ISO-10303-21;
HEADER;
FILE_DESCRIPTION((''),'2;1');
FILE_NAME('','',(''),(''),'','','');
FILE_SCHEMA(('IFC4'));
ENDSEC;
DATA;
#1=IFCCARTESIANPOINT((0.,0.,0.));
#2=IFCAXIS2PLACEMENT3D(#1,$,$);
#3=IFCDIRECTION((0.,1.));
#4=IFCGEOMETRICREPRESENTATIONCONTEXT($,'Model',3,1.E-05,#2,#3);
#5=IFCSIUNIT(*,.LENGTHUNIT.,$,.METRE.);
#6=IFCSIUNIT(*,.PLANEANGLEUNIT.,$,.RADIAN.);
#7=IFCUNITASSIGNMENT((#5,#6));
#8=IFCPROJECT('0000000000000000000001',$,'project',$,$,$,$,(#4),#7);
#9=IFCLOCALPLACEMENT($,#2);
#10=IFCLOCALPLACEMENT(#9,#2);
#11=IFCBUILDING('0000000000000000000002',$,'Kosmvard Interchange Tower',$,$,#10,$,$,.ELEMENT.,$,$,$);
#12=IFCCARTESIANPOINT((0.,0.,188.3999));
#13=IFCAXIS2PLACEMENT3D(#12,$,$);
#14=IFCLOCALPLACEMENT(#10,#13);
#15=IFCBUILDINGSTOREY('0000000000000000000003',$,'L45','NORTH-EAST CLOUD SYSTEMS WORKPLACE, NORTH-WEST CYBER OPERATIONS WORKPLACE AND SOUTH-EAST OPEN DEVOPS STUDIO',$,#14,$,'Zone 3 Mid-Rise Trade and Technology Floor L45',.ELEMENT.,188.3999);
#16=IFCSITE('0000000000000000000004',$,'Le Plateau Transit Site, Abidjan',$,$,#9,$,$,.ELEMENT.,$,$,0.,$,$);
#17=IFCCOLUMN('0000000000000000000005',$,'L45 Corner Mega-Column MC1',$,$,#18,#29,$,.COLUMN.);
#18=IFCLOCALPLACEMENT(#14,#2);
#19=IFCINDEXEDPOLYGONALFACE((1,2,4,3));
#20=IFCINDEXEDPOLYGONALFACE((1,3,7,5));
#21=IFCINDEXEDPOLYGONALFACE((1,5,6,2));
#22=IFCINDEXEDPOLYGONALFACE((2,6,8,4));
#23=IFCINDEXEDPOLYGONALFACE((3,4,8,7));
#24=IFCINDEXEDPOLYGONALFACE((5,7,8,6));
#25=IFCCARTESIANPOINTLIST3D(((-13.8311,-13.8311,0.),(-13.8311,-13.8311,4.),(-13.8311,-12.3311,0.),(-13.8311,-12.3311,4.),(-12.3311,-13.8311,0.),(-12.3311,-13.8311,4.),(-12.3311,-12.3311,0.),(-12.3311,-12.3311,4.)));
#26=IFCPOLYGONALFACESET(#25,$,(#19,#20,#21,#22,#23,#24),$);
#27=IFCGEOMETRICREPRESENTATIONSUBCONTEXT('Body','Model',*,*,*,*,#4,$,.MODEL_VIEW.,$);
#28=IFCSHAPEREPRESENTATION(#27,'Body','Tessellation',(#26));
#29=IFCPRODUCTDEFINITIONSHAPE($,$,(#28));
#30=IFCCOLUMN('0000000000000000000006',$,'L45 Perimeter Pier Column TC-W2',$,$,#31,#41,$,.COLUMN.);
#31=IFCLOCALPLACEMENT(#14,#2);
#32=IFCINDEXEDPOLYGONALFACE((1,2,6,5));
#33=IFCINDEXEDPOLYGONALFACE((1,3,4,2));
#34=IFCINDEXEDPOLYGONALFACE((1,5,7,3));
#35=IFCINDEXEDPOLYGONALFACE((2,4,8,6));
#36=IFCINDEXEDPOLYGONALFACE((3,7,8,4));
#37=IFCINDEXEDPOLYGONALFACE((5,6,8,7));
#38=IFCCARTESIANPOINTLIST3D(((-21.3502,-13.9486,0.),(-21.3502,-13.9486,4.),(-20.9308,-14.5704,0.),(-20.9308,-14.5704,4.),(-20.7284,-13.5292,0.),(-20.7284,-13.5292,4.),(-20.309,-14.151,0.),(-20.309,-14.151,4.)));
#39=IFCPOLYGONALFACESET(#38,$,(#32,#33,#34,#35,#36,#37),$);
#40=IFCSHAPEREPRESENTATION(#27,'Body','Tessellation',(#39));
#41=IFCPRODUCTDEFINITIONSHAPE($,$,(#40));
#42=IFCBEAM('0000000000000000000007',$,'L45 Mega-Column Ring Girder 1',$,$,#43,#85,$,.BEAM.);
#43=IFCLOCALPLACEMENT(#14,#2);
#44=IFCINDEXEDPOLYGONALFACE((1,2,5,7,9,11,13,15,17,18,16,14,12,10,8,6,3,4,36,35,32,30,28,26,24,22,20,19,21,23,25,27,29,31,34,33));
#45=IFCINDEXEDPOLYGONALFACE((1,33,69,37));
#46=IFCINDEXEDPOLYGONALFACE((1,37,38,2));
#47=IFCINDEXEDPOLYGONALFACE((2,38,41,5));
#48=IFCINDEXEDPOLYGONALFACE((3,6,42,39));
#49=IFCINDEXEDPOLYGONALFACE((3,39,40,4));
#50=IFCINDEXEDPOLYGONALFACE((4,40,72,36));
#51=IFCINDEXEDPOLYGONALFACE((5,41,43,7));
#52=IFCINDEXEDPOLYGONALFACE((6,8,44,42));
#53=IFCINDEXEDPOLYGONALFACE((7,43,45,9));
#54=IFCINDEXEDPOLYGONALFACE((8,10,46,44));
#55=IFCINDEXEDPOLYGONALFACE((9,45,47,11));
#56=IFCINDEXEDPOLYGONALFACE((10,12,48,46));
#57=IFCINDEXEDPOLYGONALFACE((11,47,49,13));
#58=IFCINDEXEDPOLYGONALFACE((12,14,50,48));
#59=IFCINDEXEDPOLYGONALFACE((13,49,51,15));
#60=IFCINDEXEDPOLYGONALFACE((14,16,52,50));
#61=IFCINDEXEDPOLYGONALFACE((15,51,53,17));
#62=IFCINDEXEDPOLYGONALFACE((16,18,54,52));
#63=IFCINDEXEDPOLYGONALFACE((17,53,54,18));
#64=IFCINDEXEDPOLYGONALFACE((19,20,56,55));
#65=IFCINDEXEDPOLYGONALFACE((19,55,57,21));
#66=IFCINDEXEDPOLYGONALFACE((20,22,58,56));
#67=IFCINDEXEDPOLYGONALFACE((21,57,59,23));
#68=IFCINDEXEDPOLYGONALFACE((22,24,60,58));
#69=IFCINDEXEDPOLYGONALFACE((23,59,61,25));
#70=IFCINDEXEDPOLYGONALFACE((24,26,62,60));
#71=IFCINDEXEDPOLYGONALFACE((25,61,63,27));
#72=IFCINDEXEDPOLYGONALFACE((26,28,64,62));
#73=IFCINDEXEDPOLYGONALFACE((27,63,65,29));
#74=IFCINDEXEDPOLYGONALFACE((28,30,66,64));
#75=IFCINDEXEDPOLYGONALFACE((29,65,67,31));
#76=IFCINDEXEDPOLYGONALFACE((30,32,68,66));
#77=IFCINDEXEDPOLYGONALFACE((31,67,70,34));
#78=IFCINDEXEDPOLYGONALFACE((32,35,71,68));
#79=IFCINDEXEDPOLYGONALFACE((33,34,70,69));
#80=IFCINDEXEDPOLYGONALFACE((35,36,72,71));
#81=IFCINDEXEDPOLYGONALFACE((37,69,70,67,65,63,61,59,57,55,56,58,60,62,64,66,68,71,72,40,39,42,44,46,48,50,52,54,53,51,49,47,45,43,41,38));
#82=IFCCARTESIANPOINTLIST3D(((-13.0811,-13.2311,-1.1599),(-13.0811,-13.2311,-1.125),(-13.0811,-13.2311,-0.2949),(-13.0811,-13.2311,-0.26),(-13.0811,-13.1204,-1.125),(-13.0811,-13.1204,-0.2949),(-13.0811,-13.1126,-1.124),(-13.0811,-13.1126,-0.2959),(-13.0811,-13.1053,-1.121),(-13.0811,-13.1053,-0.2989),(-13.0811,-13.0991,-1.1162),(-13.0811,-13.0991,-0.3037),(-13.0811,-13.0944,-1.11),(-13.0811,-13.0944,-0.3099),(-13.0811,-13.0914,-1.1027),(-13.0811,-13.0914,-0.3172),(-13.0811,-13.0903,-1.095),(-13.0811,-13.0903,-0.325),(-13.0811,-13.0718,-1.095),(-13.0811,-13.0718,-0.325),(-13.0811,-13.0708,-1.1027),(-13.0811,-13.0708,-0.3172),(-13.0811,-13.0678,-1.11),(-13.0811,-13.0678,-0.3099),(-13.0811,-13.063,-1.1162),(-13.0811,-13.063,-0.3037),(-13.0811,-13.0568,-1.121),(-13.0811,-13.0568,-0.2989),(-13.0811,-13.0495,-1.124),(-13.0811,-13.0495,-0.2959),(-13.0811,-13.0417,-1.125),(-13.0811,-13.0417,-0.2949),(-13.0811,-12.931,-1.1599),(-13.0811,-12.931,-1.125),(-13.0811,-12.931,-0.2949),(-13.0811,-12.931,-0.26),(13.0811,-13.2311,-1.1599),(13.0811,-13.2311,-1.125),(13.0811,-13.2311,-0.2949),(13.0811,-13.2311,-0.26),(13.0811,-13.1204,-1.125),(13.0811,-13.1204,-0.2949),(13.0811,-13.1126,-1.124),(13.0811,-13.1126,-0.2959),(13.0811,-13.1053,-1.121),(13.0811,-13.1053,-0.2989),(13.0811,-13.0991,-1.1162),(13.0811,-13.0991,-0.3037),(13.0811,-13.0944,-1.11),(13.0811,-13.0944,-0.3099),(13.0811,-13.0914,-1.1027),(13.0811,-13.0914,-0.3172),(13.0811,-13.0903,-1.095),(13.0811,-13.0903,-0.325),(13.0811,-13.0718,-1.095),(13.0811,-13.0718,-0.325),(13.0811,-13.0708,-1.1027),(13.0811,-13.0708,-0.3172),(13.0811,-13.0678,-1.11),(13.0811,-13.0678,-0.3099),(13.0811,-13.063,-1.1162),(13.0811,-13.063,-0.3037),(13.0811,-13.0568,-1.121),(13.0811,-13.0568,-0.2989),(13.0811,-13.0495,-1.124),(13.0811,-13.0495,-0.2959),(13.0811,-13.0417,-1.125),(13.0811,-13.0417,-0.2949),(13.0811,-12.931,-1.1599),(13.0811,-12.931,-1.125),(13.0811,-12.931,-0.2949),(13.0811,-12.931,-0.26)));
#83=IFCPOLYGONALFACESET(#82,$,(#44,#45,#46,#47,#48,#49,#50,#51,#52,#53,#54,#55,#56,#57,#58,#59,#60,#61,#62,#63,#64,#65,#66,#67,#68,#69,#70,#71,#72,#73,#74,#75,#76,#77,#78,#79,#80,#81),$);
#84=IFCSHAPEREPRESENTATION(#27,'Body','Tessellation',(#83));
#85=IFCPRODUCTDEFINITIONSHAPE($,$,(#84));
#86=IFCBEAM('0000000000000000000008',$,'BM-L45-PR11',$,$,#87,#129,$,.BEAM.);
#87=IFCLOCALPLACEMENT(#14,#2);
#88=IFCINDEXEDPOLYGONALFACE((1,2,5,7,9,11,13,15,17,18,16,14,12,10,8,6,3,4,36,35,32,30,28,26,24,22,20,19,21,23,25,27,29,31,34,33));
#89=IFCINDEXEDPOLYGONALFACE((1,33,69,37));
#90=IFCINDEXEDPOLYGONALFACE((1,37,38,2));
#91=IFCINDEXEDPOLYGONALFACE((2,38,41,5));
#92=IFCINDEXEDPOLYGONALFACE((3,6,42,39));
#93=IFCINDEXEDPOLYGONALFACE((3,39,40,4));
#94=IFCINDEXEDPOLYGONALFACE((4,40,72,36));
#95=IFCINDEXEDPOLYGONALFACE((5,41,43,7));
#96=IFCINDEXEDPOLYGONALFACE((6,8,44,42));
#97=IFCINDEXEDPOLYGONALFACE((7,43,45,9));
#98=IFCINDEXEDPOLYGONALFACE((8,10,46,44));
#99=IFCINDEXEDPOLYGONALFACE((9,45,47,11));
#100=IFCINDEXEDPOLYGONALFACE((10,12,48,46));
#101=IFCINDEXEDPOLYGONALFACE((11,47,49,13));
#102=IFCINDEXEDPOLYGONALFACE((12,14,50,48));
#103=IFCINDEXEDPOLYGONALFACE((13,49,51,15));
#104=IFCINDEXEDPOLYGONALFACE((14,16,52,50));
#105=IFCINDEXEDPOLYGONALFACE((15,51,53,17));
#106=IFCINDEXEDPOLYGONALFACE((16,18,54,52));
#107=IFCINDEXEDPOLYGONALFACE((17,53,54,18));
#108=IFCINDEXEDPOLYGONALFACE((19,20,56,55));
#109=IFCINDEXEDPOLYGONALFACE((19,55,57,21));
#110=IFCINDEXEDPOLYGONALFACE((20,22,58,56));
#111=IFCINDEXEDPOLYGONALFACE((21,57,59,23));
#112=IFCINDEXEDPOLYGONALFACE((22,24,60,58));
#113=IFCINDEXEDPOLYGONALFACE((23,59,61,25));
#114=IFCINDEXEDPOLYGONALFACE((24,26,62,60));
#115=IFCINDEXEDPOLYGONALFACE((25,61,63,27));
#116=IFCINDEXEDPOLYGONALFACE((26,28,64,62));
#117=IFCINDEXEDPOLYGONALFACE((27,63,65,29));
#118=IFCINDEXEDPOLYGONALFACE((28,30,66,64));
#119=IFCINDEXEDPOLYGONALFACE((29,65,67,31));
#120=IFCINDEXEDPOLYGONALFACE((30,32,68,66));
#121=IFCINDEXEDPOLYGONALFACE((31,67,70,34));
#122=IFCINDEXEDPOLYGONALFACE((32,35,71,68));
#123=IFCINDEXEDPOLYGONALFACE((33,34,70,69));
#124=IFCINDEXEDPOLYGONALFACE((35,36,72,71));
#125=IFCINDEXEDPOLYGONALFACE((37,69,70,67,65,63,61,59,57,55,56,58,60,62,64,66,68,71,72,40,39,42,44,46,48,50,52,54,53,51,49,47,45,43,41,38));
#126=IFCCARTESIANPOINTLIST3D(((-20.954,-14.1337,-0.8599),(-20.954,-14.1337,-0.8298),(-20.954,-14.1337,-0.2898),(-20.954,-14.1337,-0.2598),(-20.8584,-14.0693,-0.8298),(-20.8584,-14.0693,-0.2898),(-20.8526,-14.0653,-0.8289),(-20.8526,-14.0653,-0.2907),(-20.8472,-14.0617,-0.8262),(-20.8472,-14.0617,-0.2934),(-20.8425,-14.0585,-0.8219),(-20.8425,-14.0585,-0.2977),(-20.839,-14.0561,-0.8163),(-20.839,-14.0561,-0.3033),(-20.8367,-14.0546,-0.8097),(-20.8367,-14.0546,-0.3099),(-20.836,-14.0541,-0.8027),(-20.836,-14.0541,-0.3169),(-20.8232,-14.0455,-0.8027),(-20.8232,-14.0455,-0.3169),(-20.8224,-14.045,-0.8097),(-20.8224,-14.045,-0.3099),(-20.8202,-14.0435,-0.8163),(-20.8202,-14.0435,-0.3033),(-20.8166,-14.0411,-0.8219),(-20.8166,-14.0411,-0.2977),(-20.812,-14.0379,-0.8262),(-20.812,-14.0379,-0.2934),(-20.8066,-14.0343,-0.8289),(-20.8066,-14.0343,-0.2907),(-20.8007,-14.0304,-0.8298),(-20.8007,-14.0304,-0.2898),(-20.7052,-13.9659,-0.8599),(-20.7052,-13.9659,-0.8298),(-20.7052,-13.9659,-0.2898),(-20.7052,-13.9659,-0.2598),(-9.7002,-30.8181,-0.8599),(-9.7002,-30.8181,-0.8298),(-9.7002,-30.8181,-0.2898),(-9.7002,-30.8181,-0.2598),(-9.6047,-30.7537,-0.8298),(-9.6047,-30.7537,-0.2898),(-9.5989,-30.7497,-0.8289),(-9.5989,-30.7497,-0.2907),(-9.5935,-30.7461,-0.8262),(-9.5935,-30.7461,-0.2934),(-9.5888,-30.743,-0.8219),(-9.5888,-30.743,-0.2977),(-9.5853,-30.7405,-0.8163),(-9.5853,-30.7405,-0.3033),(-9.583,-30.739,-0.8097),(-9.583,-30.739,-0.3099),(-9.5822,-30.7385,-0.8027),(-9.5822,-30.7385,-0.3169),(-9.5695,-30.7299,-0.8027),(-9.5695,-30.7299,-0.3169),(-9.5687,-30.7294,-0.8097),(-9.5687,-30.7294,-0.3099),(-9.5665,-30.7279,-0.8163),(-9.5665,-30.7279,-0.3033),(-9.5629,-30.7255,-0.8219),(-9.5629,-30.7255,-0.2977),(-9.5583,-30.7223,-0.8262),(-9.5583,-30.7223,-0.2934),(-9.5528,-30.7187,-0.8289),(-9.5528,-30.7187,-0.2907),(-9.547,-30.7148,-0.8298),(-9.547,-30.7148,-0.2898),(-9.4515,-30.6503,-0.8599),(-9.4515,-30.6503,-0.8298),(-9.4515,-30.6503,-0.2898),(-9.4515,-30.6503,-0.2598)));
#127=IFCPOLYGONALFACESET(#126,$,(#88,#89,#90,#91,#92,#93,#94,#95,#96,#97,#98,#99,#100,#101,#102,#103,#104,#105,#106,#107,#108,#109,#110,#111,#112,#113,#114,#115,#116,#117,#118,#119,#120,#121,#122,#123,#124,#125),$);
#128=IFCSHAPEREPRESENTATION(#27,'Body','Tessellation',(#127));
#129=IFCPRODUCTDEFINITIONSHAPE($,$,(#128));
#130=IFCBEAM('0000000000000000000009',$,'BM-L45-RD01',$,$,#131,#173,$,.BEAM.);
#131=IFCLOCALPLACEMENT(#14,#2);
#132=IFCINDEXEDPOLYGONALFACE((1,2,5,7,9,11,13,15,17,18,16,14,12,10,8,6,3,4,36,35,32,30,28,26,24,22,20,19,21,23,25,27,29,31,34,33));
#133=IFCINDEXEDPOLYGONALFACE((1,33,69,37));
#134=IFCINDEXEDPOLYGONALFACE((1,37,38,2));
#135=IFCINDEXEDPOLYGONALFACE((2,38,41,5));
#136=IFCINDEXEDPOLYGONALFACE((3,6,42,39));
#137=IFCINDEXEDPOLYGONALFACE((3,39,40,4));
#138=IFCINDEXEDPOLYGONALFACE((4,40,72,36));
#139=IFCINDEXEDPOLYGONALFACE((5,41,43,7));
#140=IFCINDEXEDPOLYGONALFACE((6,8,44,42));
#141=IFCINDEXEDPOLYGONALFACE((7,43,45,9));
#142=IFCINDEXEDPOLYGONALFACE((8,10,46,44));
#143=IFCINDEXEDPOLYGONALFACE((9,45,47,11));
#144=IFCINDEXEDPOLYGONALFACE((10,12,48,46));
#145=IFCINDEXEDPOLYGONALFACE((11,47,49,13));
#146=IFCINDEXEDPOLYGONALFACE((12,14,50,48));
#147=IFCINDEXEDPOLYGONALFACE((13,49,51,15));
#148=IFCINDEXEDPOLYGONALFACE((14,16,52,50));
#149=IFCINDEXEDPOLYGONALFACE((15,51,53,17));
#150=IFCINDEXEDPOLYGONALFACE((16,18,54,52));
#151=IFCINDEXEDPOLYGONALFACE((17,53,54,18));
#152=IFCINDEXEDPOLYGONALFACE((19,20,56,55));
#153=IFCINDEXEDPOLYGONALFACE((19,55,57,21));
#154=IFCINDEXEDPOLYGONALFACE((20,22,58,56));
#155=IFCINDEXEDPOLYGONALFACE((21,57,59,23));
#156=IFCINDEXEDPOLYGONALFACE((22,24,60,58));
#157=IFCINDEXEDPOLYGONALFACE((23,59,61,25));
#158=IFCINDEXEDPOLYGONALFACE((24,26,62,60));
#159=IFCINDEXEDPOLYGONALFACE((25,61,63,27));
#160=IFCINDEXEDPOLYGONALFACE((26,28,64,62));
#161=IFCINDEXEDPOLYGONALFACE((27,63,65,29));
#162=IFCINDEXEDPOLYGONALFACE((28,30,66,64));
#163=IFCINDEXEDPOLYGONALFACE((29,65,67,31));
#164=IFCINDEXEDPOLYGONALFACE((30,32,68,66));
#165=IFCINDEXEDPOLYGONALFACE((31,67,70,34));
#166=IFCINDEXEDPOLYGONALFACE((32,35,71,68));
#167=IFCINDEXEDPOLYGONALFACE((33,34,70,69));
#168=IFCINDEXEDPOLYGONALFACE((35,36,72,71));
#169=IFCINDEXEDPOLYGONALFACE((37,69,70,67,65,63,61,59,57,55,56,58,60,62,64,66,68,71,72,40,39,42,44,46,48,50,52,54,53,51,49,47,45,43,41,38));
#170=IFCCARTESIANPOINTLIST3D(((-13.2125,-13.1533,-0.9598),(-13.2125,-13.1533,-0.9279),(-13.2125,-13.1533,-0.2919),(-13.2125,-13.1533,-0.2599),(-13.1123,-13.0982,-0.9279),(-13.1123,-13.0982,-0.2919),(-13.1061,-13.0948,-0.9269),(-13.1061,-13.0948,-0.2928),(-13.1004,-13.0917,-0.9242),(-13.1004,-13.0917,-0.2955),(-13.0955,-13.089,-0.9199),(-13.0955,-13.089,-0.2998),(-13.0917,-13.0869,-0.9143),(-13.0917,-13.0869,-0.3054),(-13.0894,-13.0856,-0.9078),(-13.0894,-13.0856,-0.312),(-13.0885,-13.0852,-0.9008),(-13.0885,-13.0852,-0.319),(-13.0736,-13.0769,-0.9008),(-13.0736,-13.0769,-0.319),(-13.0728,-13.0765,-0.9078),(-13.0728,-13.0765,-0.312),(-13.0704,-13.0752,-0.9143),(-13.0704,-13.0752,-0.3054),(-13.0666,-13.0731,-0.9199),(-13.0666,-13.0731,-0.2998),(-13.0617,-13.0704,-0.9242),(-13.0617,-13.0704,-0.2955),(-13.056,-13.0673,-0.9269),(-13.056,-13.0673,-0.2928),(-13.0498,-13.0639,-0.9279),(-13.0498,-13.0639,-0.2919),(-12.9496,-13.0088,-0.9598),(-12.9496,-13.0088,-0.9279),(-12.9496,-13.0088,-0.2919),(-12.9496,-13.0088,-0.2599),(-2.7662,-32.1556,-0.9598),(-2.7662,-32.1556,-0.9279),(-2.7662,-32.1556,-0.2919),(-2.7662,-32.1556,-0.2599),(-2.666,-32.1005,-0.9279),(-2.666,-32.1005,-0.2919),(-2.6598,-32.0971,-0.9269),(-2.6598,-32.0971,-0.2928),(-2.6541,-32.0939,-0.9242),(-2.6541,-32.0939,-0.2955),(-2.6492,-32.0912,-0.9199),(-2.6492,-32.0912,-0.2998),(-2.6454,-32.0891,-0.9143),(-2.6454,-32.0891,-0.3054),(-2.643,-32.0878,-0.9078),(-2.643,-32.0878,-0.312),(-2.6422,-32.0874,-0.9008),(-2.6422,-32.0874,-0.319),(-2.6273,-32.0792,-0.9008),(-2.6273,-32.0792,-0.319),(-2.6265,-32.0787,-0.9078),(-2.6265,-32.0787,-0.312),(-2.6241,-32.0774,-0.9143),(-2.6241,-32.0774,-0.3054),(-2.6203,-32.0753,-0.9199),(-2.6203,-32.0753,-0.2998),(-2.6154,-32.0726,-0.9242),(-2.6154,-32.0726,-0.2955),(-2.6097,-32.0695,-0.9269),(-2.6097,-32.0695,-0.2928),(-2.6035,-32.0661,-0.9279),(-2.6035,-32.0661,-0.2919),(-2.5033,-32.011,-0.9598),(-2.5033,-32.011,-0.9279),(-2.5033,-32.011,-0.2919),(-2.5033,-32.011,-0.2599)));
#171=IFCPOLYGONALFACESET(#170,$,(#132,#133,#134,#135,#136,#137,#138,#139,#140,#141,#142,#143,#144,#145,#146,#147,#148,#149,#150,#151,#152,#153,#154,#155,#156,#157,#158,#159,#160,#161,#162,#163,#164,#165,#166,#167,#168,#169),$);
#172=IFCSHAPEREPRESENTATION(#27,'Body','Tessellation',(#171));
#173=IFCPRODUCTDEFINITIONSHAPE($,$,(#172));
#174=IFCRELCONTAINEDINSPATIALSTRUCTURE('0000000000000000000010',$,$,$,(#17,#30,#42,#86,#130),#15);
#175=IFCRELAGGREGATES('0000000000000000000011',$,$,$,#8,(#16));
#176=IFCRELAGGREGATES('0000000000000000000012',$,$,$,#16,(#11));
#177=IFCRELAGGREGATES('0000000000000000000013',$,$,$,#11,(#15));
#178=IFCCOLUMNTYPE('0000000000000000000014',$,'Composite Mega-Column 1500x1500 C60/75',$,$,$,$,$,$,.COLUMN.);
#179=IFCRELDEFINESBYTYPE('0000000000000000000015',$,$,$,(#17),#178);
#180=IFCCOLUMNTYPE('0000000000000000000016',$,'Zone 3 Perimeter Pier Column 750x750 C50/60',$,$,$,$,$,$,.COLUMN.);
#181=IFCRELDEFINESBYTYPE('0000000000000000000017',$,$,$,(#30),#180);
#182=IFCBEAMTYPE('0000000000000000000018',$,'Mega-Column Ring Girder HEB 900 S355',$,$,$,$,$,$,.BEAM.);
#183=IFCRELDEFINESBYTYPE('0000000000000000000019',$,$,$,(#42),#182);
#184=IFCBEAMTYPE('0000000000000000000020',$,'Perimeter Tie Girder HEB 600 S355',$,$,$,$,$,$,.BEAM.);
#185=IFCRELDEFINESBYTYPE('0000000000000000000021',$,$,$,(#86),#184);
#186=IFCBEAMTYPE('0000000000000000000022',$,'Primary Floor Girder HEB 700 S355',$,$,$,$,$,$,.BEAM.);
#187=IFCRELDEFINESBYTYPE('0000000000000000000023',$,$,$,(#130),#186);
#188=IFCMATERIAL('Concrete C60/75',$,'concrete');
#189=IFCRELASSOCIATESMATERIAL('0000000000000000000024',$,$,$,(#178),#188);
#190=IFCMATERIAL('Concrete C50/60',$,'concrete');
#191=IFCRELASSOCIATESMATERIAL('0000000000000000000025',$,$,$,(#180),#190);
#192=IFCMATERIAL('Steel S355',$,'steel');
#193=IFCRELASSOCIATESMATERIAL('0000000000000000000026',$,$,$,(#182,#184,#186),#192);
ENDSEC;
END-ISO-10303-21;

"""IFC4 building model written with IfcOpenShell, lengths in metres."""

from ifc_helpers import new_model, si_unit, direction, frame, origin, origin_2d, place, context, subcontext, project, spatial, rectangle, i_section, extrude, source, transform, mapped, material, material_profile, profile_set, type_object, element, save


model = new_model("IFC4")

# Units and contexts
model_context = context("Model", 3, precision=1e-05, world=origin(), true_north=direction((0.0, 1.0)))
body_context = subcontext(model_context, "Body", "Model", "MODEL_VIEW")
ifc_project = project(units=[si_unit("LENGTHUNIT", "METRE"), si_unit("PLANEANGLEUNIT", "RADIAN")], contexts=[model_context])

# Site, building, storey
site_placement = place(None, origin())
site = spatial("IfcSite", under=ifc_project, at=site_placement, Name="Le Plateau Transit Site, Abidjan", CompositionType="ELEMENT", RefElevation=0.0)
building_placement = place(site_placement, origin())
building = spatial("IfcBuilding", under=site, at=building_placement, Name="Kosmvard Interchange Tower", CompositionType="ELEMENT")
storey_placement = place(building_placement, frame((0.0, 0.0, 188.3999)))
storey = spatial("IfcBuildingStorey", under=building, at=storey_placement, Name="L45", Description="NORTH-EAST CLOUD SYSTEMS WORKPLACE, NORTH-WEST CYBER OPERATIONS WORKPLACE AND SOUTH-EAST OPEN DEVOPS STUDIO", LongName="Zone 3 Mid-Rise Trade and Technology Floor L45", CompositionType="ELEMENT", Elevation=188.3999)

# Columns
ifc_material_1 = material(Name="Concrete C60/75", Category="concrete")
ifc_material_profile_1 = material_profile(ifc_material_1, rectangle(XDim=1.5, YDim=1.5, at=origin_2d()), Name="MC 1500x1500")
ifc_profile_set_1 = profile_set([ifc_material_profile_1], Name="Concrete C60/75")
column_type_1 = type_object("IfcColumnType", Name="Composite Mega-Column 1500x1500 C60/75", PredefinedType="COLUMN", material=ifc_profile_set_1)
shared_shape_1 = source(origin(), body_context, "Body", "SweptSolid", [
    extrude(rectangle(XDim=1.5, YDim=1.5, at=origin_2d()), origin(), (0.0, 0.0, 1.0), 4.0),
])
column_1_placement = place(storey_placement, frame((-13.0811, -13.0811, 0.0), z_axis=(0.0, 0.0, 1.0), x_axis=(1.0, 0.0, 0.0)))
element("IfcColumn", 1, at=column_1_placement, inside=storey, type_object=column_type_1, Name="L45 Corner Mega-Column MC1", PredefinedType="COLUMN", context=body_context, shape_type="MappedRepresentation", body=[
    mapped(shared_shape_1, transform((0.0, 0.0, 0.0), scale=1.0)),
])
ifc_material_2 = material(Name="Concrete C50/60", Category="concrete")
ifc_material_profile_2 = material_profile(ifc_material_2, rectangle(XDim=0.75, YDim=0.75, at=origin_2d()), Name="TC 750x750")
ifc_profile_set_2 = profile_set([ifc_material_profile_2], Name="Concrete C50/60")
column_type_2 = type_object("IfcColumnType", Name="Zone 3 Perimeter Pier Column 750x750 C50/60", PredefinedType="COLUMN", material=ifc_profile_set_2)
shared_shape_2 = source(origin(), body_context, "Body", "SweptSolid", [
    extrude(rectangle(XDim=0.75, YDim=0.75, at=origin_2d()), origin(), (0.0, 0.0, 1.0), 4.0),
])
column_2_placement = place(storey_placement, frame((-20.8296, -14.0498, 0.0), z_axis=(0.0, 0.0, 1.0), x_axis=(0.829038, 0.559193, 0.0)))
element("IfcColumn", 2, at=column_2_placement, inside=storey, type_object=column_type_2, Name="L45 Perimeter Pier Column TC-W2", PredefinedType="COLUMN", context=body_context, shape_type="MappedRepresentation", body=[
    mapped(shared_shape_2, transform((0.0, 0.0, 0.0), scale=1.0)),
])

# Beams
ifc_material_3 = material(Name="Steel S355", Category="steel")
ifc_material_profile_3 = material_profile(ifc_material_3, i_section(OverallWidth=0.3, OverallDepth=0.8999, WebThickness=0.0186, FlangeThickness=0.0349, FilletRadius=0.03, at=origin_2d()), Name="HEB 900")
ifc_profile_set_3 = profile_set([ifc_material_profile_3], Name="Steel S355")
beam_type_1 = type_object("IfcBeamType", Name="Mega-Column Ring Girder HEB 900 S355", PredefinedType="BEAM", material=ifc_profile_set_3)
shared_shape_3 = source(origin(), body_context, "Body", "SweptSolid", [
    extrude(i_section(OverallWidth=0.3, OverallDepth=0.8999, WebThickness=0.0186, FlangeThickness=0.0349, FilletRadius=0.03, at=origin_2d()), origin(), (0.0, 0.0, 1.0), 26.1621),
])
beam_1_placement = place(storey_placement, frame((-13.0811, -13.0811, -0.71), z_axis=(1.0, 0.0, 0.0), x_axis=(0.0, 1.0, 0.0)))
element("IfcBeam", 3, at=beam_1_placement, inside=storey, type_object=beam_type_1, Name="L45 Mega-Column Ring Girder 1", PredefinedType="BEAM", context=body_context, shape_type="MappedRepresentation", body=[
    mapped(shared_shape_3, transform((0.0, 0.0, 0.0), scale=1.0)),
])
ifc_material_profile_4 = material_profile(ifc_material_3, i_section(OverallWidth=0.3, OverallDepth=0.6001, WebThickness=0.0154, FlangeThickness=0.03, FilletRadius=0.0271, at=origin_2d()), Name="HEB 600")
ifc_profile_set_4 = profile_set([ifc_material_profile_4], Name="Steel S355")
beam_type_2 = type_object("IfcBeamType", Name="Perimeter Tie Girder HEB 600 S355", PredefinedType="BEAM", material=ifc_profile_set_4)
shared_shape_4 = source(origin(), body_context, "Body", "SweptSolid", [
    extrude(i_section(OverallWidth=0.3, OverallDepth=0.6001, WebThickness=0.0154, FlangeThickness=0.03, FilletRadius=0.0271, at=origin_2d()), origin(), (0.0, 0.0, 1.0), 20.125),
])
beam_2_placement = place(storey_placement, frame((-20.8296, -14.0498, -0.5598), z_axis=(0.559191, -0.829039, 0.0), x_axis=(0.829039, 0.559191, 0.0)))
element("IfcBeam", 4, at=beam_2_placement, inside=storey, type_object=beam_type_2, Name="BM-L45-PR11", PredefinedType="BEAM", context=body_context, shape_type="MappedRepresentation", body=[
    mapped(shared_shape_4, transform((0.0, 0.0, 0.0), scale=1.0)),
])
ifc_material_profile_5 = material_profile(ifc_material_3, i_section(OverallWidth=0.3, OverallDepth=0.7, WebThickness=0.0171, FlangeThickness=0.032, FilletRadius=0.0271, at=origin_2d()), Name="HEB 700")
ifc_profile_set_5 = profile_set([ifc_material_profile_5], Name="Steel S355")
beam_type_3 = type_object("IfcBeamType", Name="Primary Floor Girder HEB 700 S355", PredefinedType="BEAM", material=ifc_profile_set_5)
shared_shape_5 = source(origin(), body_context, "Body", "SweptSolid", [
    extrude(i_section(OverallWidth=0.3, OverallDepth=0.7, WebThickness=0.0171, FlangeThickness=0.032, FilletRadius=0.0271, at=origin_2d()), origin(), (0.0, 0.0, 1.0), 21.6843),
])
beam_3_placement = place(storey_placement, frame((-13.0811, -13.0811, -0.6099), z_axis=(0.481745, -0.876312, 0.0), x_axis=(0.876312, 0.481745, 0.0)))
element("IfcBeam", 5, at=beam_3_placement, inside=storey, type_object=beam_type_3, Name="BM-L45-RD01", PredefinedType="BEAM", context=body_context, shape_type="MappedRepresentation", body=[
    mapped(shared_shape_5, transform((0.0, 0.0, 0.0), scale=1.0)),
])

save(model, "model.ifc")
